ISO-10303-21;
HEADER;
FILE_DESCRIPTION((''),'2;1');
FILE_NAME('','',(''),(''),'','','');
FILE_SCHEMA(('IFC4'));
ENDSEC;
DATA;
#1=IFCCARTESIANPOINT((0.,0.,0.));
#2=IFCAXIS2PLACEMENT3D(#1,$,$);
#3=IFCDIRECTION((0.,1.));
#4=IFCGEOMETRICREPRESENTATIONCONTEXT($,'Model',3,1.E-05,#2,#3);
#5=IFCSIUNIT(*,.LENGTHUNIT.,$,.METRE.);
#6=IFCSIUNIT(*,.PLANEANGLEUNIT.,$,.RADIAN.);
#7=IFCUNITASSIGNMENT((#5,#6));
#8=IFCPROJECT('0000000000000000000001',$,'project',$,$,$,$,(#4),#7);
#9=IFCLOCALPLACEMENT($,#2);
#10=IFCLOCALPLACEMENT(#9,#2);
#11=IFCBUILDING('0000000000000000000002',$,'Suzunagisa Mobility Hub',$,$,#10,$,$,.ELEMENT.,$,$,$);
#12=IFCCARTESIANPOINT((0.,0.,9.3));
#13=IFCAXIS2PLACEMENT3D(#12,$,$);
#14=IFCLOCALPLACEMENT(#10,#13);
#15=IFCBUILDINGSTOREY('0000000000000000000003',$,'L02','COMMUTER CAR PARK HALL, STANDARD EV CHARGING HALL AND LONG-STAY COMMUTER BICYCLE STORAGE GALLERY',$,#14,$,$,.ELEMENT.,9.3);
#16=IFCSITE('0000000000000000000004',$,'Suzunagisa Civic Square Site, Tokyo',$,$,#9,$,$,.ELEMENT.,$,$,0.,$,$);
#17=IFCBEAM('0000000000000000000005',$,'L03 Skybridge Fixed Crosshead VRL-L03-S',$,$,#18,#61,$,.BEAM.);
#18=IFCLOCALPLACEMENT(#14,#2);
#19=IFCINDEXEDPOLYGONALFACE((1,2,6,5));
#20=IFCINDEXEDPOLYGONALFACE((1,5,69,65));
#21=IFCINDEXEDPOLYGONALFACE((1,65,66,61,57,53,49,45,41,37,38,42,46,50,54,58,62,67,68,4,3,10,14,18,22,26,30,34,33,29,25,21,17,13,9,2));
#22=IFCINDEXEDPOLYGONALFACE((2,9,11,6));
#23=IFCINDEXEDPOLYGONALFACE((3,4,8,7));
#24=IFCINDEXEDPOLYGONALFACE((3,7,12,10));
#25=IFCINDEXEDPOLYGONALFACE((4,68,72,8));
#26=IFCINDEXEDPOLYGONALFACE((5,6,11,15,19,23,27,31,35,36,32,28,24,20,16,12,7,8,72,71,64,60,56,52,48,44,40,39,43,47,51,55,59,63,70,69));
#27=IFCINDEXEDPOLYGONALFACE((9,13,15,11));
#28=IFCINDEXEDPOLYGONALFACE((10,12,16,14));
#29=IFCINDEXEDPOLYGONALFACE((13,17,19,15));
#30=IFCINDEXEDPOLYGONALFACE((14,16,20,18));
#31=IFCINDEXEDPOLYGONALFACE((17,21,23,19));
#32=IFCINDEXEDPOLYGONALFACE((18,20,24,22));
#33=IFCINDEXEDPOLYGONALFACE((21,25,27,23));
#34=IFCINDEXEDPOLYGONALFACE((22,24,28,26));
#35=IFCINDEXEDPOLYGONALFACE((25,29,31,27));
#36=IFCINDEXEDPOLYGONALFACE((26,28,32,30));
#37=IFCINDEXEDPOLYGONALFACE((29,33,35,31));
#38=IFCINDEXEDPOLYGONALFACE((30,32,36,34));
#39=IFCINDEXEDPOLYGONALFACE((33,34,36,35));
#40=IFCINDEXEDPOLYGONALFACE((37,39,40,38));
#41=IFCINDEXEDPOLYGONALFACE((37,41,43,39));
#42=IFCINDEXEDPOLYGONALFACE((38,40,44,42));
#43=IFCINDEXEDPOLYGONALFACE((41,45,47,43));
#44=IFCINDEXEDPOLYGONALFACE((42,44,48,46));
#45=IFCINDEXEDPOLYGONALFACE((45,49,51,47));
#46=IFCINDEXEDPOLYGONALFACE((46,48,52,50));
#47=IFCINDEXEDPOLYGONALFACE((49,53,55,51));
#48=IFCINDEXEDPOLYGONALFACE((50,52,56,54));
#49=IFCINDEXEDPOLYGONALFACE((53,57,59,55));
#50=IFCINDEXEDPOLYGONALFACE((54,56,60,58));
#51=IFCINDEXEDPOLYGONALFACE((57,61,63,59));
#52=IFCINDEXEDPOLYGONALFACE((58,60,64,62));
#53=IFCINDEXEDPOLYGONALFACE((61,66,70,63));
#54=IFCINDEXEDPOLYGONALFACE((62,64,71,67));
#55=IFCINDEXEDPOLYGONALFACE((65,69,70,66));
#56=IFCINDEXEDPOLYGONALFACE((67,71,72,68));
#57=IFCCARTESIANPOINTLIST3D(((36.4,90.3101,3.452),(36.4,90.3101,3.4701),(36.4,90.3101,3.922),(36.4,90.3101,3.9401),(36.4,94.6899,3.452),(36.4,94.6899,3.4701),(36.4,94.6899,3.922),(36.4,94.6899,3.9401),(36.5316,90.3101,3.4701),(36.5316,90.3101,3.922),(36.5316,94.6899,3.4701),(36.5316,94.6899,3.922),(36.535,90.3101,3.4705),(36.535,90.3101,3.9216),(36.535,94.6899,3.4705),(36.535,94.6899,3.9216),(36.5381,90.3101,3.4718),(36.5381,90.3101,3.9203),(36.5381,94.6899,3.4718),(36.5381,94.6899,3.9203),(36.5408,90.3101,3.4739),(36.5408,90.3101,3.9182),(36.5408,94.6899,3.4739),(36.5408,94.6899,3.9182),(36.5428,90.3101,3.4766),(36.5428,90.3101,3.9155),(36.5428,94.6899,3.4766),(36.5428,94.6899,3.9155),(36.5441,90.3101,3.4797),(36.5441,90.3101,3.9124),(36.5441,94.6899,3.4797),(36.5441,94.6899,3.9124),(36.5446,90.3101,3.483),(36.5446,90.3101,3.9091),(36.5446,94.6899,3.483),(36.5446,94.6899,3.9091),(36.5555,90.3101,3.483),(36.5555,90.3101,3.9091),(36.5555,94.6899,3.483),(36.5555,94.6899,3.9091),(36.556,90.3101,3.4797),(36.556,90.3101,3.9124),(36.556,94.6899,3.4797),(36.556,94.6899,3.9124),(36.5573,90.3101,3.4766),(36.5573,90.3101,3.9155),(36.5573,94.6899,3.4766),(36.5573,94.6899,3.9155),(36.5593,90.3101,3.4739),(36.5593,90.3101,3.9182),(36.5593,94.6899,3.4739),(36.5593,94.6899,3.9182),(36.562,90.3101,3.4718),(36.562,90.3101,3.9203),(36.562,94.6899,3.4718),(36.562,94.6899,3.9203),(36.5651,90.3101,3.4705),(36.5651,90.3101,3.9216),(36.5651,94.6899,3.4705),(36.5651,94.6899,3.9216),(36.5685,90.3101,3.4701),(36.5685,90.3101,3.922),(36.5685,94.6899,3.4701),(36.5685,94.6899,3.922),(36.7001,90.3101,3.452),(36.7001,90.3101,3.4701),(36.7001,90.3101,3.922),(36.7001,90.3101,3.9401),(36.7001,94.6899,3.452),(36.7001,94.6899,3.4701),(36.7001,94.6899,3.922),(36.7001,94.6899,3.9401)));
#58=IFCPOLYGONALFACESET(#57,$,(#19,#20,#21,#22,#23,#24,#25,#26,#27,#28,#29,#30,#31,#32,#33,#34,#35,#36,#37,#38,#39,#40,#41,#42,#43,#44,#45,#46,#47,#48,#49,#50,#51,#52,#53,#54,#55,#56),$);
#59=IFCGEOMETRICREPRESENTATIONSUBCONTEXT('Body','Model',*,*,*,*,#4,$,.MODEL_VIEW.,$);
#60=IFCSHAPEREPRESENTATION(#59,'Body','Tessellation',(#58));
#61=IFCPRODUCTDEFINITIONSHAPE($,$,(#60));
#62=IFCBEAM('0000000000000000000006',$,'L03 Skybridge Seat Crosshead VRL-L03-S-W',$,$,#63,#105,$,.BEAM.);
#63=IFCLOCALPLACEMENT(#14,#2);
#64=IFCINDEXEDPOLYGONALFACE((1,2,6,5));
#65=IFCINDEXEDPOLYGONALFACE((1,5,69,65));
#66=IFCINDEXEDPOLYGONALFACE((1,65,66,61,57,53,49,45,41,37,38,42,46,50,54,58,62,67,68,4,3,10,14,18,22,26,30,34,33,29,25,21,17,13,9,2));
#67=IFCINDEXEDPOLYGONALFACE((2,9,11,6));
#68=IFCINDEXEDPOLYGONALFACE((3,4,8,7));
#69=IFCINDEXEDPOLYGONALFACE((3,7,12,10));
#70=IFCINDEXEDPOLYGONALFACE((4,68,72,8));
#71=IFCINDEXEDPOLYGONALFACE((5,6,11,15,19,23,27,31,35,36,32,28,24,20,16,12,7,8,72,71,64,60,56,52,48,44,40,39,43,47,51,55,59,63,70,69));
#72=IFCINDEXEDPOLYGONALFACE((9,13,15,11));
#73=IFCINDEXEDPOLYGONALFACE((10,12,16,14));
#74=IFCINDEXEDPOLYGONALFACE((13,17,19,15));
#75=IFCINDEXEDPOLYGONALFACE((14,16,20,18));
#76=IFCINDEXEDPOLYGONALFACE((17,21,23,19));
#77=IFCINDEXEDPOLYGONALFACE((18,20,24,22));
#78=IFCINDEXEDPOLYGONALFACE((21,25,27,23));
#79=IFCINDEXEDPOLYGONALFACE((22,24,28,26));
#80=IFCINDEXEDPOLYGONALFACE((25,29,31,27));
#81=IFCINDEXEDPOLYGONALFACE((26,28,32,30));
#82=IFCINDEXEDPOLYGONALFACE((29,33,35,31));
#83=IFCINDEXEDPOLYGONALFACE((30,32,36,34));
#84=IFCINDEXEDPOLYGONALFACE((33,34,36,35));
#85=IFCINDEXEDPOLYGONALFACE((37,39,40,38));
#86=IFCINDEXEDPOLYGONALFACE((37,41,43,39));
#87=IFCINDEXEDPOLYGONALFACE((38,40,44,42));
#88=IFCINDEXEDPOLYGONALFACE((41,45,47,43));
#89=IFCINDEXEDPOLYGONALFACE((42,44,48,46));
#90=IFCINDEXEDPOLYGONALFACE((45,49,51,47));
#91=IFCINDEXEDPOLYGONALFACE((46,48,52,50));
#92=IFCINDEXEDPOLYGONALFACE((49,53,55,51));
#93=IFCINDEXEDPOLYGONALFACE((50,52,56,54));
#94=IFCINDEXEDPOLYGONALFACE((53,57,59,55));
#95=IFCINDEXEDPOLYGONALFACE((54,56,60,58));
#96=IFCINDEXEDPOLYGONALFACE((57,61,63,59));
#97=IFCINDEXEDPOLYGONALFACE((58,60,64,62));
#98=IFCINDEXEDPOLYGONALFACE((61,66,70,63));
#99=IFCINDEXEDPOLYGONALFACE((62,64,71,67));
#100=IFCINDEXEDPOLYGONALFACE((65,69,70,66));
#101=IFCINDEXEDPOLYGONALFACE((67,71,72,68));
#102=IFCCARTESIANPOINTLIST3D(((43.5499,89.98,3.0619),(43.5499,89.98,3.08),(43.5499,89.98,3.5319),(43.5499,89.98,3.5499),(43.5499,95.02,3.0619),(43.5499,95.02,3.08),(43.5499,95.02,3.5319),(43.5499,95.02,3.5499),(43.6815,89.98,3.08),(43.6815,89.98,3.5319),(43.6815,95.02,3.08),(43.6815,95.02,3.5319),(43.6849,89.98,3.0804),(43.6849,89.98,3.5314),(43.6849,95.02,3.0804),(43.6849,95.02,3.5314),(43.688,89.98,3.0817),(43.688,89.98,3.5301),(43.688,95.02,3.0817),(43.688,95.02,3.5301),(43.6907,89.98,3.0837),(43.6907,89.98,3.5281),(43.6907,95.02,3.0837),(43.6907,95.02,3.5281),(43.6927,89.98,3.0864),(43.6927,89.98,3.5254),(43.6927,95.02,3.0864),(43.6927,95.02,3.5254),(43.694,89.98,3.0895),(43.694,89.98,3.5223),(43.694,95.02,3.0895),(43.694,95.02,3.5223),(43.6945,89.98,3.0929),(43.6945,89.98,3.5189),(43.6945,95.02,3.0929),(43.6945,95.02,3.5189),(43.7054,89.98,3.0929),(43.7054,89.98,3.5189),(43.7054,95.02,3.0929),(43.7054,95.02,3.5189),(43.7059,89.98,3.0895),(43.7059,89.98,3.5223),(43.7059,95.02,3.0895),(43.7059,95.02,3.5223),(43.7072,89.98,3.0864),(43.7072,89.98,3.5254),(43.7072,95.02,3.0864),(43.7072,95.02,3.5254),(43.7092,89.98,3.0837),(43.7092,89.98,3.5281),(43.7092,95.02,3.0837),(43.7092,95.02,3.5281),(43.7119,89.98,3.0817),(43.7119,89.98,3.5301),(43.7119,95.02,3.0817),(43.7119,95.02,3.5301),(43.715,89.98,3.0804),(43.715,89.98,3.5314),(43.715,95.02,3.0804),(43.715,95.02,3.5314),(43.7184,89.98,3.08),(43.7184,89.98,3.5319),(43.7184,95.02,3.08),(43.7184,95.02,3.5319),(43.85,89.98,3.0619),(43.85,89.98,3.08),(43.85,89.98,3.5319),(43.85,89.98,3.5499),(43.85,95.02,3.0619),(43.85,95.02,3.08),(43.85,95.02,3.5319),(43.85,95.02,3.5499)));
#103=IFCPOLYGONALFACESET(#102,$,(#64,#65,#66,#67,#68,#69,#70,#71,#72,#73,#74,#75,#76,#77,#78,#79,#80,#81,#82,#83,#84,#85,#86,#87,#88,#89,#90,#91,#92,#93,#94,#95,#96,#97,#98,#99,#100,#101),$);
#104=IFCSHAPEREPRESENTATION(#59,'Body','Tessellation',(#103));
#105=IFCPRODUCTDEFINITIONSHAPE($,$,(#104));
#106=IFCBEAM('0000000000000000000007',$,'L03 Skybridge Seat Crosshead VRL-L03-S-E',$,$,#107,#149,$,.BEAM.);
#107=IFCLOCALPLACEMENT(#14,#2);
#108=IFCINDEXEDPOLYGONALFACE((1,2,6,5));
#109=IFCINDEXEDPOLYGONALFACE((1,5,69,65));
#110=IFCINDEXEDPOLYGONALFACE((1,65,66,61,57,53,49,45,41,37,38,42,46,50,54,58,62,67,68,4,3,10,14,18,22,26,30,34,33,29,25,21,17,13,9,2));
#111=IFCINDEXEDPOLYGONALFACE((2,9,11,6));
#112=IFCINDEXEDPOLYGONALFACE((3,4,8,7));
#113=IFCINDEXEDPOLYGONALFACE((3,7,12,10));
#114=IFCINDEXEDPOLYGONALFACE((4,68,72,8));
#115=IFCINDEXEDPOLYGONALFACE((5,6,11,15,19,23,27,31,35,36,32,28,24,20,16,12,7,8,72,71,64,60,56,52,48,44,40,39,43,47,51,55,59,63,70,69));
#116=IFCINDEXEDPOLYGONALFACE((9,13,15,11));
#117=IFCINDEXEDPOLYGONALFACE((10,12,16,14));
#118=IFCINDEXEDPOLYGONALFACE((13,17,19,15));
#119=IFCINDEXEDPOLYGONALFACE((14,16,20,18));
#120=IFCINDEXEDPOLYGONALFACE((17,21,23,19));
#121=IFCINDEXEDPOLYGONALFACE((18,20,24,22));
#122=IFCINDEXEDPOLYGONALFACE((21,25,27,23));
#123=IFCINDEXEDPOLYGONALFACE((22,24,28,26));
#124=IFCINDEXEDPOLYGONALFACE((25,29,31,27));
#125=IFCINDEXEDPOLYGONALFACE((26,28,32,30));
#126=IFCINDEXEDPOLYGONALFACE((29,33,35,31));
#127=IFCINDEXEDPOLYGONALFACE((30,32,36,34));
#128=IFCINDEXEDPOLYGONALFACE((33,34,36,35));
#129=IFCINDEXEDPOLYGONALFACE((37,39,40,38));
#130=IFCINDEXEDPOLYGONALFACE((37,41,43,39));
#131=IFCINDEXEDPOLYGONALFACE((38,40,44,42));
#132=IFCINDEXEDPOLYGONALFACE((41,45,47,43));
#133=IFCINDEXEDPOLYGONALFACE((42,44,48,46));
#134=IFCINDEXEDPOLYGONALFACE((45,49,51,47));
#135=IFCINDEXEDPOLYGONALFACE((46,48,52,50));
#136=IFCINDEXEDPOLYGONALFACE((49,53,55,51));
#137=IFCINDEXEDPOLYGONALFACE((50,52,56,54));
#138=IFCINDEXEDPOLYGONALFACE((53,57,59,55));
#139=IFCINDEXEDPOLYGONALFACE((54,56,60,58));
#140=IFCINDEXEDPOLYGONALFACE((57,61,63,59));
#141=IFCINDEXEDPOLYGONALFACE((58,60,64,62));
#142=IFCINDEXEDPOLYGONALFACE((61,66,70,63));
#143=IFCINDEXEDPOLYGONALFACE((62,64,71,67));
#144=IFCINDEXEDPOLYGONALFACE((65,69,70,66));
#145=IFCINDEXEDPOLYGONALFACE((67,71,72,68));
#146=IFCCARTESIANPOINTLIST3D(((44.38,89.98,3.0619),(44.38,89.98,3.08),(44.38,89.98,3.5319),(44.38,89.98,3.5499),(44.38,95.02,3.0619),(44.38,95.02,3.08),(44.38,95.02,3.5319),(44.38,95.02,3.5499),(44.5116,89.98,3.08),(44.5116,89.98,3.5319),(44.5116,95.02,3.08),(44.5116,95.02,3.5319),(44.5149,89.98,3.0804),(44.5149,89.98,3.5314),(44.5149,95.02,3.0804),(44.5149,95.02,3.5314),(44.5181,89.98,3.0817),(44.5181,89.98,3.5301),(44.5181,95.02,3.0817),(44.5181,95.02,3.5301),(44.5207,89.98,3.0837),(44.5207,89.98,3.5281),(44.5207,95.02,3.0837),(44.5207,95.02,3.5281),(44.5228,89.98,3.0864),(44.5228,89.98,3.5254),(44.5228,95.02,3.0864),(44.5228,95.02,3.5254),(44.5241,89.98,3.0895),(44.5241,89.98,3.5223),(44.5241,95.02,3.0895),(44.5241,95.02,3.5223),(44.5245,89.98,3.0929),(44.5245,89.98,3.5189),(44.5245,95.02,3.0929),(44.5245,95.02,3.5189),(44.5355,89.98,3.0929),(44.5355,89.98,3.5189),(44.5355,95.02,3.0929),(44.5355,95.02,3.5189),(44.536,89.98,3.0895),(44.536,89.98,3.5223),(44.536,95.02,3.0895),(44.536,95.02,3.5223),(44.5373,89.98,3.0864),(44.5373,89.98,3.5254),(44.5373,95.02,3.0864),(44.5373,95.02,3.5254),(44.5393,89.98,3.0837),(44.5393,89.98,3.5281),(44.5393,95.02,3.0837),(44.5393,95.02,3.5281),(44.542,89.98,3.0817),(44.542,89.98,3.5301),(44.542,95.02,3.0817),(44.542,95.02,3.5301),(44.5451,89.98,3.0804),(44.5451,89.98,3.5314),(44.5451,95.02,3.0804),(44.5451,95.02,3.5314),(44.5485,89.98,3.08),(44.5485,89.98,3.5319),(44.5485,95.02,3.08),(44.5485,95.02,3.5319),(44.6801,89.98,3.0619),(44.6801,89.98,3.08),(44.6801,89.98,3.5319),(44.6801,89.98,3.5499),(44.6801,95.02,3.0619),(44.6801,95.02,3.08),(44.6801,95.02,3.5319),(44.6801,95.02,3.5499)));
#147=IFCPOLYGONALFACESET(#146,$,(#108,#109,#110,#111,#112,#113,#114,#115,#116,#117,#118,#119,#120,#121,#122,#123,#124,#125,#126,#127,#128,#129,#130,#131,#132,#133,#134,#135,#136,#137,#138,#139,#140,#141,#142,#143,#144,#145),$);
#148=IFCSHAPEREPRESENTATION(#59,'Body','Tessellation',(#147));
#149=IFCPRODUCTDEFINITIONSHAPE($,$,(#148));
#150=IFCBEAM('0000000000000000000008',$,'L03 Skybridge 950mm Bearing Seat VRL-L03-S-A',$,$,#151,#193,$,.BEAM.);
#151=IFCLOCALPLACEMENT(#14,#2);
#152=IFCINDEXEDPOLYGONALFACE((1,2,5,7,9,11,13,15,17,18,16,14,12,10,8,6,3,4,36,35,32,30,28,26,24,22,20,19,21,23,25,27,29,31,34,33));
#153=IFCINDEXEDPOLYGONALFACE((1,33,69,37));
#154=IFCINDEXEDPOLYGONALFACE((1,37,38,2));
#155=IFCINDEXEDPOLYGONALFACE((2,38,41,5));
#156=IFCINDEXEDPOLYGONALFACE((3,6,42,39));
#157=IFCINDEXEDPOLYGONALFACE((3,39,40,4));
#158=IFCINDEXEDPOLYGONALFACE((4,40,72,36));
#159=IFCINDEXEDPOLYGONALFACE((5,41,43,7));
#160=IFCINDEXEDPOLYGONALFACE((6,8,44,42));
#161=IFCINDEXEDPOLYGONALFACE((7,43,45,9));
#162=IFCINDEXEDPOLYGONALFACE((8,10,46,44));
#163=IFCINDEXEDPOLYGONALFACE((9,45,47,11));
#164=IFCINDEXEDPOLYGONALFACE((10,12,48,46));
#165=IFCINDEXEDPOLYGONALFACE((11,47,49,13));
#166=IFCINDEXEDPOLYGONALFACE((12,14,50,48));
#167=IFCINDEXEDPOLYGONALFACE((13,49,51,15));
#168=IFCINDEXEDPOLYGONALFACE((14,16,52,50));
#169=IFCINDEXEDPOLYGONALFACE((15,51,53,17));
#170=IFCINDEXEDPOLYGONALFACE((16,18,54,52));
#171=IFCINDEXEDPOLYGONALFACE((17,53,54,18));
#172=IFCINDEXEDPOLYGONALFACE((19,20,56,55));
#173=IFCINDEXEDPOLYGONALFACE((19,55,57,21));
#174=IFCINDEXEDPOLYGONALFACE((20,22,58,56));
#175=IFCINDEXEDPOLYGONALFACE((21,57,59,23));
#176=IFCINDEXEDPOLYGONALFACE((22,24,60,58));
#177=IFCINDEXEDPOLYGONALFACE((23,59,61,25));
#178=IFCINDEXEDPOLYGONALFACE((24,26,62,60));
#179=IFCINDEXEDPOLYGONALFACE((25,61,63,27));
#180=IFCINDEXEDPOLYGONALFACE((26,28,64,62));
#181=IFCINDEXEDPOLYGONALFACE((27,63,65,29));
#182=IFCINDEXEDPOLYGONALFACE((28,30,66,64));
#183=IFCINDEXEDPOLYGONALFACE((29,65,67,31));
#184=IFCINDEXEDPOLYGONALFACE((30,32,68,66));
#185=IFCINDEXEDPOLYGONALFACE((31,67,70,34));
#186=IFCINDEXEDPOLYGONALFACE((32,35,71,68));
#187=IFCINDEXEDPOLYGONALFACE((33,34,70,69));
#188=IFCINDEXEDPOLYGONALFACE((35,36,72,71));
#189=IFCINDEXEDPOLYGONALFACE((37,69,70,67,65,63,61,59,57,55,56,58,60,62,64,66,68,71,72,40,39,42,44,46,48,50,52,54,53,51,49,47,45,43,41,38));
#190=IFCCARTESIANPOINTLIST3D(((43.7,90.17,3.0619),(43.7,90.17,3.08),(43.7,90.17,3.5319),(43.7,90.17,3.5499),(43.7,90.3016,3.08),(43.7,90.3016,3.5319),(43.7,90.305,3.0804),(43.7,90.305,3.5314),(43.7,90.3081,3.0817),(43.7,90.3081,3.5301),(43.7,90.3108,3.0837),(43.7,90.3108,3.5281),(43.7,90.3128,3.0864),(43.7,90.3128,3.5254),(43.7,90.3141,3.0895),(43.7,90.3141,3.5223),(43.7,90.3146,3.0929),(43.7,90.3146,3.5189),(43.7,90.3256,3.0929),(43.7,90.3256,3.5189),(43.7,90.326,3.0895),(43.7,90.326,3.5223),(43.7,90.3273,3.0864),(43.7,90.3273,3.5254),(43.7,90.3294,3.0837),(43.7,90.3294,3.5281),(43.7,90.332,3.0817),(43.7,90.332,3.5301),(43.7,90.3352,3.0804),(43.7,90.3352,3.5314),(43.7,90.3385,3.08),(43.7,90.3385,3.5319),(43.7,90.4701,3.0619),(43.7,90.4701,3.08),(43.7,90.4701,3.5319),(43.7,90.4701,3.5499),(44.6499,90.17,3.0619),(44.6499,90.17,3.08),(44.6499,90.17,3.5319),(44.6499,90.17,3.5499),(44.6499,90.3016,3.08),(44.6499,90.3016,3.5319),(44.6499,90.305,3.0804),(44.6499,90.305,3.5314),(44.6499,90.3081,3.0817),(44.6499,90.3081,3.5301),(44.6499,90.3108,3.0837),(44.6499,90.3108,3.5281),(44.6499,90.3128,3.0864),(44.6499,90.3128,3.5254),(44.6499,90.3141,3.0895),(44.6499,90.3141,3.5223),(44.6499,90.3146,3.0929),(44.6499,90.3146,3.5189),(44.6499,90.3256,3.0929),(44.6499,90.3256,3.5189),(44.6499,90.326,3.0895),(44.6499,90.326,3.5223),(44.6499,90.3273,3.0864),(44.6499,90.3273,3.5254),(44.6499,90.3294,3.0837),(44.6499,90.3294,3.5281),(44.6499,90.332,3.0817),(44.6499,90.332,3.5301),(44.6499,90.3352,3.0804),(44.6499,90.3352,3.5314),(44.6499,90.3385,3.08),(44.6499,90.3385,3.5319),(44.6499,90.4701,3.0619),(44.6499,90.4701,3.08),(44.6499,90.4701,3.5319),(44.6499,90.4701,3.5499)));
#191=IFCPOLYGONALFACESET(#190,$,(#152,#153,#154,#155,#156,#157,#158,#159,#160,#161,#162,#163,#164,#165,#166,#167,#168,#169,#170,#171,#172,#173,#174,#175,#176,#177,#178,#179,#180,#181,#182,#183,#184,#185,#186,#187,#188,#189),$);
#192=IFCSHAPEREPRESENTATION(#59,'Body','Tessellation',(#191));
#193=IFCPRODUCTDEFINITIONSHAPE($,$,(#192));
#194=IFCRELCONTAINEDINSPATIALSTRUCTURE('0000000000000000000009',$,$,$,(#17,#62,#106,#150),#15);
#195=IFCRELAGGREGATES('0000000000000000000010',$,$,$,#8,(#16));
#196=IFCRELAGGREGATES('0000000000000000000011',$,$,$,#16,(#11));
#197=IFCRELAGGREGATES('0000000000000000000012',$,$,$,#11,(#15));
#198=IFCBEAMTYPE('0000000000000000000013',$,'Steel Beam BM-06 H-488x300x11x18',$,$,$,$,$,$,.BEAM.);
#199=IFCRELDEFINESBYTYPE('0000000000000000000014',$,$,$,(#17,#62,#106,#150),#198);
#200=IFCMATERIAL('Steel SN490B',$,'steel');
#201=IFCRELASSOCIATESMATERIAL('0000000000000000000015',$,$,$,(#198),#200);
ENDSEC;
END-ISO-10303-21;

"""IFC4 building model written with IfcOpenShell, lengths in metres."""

from ifc_helpers import new_model, si_unit, direction, frame, origin, origin_2d, place, context, subcontext, project, spatial, i_section, extrude, material, material_profile, profile_set, type_object, element, save


model = new_model("IFC4")

# Units and contexts
model_context = context("Model", 3, precision=1e-05, world=origin(), true_north=direction((0.0, 1.0)))
body_context = subcontext(model_context, "Body", "Model", "MODEL_VIEW")
ifc_project = project(units=[si_unit("LENGTHUNIT", "METRE"), si_unit("PLANEANGLEUNIT", "RADIAN")], contexts=[model_context])

# Site, building, storey
site_placement = place(None, origin())
site = spatial("IfcSite", under=ifc_project, at=site_placement, Name="Suzunagisa Civic Square Site, Tokyo", CompositionType="ELEMENT", RefElevation=0.0)
building_placement = place(site_placement, origin())
building = spatial("IfcBuilding", under=site, at=building_placement, Name="Suzunagisa Mobility Hub", CompositionType="ELEMENT")
storey_placement = place(building_placement, frame((0.0, 0.0, 9.3)))
storey = spatial("IfcBuildingStorey", under=building, at=storey_placement, Name="L02", Description="COMMUTER CAR PARK HALL, STANDARD EV CHARGING HALL AND LONG-STAY COMMUTER BICYCLE STORAGE GALLERY", CompositionType="ELEMENT", Elevation=9.3)

# Shared definitions
ifc_material_1 = material(Name="Steel SN490B", Category="steel")

# Beams
ifc_material_profile_1 = material_profile(ifc_material_1, i_section(OverallWidth=0.3, OverallDepth=0.488, WebThickness=0.011, FlangeThickness=0.0181, FilletRadius=0.0129, at=origin_2d()), Name="H-488x300x11x18")
ifc_profile_set_1 = profile_set([ifc_material_profile_1], Name="Steel SN490B")
beam_type_1 = type_object("IfcBeamType", Name="Steel Beam BM-06 H-488x300x11x18", PredefinedType="BEAM", material=ifc_profile_set_1)
beam_1_placement = place(storey_placement, frame((36.55, 90.3101, 3.696), z_axis=(0.0, 1.0, 0.0), x_axis=(-1.0, 0.0, 0.0)))
element("IfcBeam", 1, at=beam_1_placement, inside=storey, type_object=beam_type_1, Name="L03 Skybridge Fixed Crosshead VRL-L03-S", PredefinedType="BEAM", context=body_context, shape_type="SweptSolid", body=[
    extrude(i_section(OverallWidth=0.3, OverallDepth=0.488, WebThickness=0.011, FlangeThickness=0.0181, FilletRadius=0.0129, at=origin_2d()), origin(), (0.0, 0.0, 1.0), 4.3799),
])
for number, where, z_axis, x_axis, name in (
    (2, (43.7, 89.98, 3.3059), (0.0, 1.0, 0.0), (-1.0, 0.0, 0.0), "L03 Skybridge Seat Crosshead VRL-L03-S-W"),
    (3, (44.53, 89.98, 3.3059), (0.0, 1.0, 0.0), (-1.0, 0.0, 0.0), "L03 Skybridge Seat Crosshead VRL-L03-S-E"),
):
    element("IfcBeam", number, at=place(storey_placement, frame(where, z_axis=z_axis, x_axis=x_axis)), inside=storey, type_object=beam_type_1, Name=name, PredefinedType="BEAM", context=body_context, shape_type="SweptSolid", body=[
        extrude(i_section(OverallWidth=0.3, OverallDepth=0.488, WebThickness=0.011, FlangeThickness=0.0181, FilletRadius=0.0129, at=origin_2d()), origin(), (0.0, 0.0, 1.0), 5.04),
    ])
for number, where, z_axis, x_axis, name in (
    (4, (43.7, 90.3201, 3.3059), (1.0, 0.0, 0.0), (0.0, 1.0, 0.0), "L03 Skybridge 950mm Bearing Seat VRL-L03-S-A"),
):
    element("IfcBeam", number, at=place(storey_placement, frame(where, z_axis=z_axis, x_axis=x_axis)), inside=storey, type_object=beam_type_1, Name=name, PredefinedType="BEAM", context=body_context, shape_type="SweptSolid", body=[
        extrude(i_section(OverallWidth=0.3, OverallDepth=0.488, WebThickness=0.011, FlangeThickness=0.0181, FilletRadius=0.0129, at=origin_2d()), origin(), (0.0, 0.0, 1.0), 0.95),
    ])

save(model, "model.ifc")
